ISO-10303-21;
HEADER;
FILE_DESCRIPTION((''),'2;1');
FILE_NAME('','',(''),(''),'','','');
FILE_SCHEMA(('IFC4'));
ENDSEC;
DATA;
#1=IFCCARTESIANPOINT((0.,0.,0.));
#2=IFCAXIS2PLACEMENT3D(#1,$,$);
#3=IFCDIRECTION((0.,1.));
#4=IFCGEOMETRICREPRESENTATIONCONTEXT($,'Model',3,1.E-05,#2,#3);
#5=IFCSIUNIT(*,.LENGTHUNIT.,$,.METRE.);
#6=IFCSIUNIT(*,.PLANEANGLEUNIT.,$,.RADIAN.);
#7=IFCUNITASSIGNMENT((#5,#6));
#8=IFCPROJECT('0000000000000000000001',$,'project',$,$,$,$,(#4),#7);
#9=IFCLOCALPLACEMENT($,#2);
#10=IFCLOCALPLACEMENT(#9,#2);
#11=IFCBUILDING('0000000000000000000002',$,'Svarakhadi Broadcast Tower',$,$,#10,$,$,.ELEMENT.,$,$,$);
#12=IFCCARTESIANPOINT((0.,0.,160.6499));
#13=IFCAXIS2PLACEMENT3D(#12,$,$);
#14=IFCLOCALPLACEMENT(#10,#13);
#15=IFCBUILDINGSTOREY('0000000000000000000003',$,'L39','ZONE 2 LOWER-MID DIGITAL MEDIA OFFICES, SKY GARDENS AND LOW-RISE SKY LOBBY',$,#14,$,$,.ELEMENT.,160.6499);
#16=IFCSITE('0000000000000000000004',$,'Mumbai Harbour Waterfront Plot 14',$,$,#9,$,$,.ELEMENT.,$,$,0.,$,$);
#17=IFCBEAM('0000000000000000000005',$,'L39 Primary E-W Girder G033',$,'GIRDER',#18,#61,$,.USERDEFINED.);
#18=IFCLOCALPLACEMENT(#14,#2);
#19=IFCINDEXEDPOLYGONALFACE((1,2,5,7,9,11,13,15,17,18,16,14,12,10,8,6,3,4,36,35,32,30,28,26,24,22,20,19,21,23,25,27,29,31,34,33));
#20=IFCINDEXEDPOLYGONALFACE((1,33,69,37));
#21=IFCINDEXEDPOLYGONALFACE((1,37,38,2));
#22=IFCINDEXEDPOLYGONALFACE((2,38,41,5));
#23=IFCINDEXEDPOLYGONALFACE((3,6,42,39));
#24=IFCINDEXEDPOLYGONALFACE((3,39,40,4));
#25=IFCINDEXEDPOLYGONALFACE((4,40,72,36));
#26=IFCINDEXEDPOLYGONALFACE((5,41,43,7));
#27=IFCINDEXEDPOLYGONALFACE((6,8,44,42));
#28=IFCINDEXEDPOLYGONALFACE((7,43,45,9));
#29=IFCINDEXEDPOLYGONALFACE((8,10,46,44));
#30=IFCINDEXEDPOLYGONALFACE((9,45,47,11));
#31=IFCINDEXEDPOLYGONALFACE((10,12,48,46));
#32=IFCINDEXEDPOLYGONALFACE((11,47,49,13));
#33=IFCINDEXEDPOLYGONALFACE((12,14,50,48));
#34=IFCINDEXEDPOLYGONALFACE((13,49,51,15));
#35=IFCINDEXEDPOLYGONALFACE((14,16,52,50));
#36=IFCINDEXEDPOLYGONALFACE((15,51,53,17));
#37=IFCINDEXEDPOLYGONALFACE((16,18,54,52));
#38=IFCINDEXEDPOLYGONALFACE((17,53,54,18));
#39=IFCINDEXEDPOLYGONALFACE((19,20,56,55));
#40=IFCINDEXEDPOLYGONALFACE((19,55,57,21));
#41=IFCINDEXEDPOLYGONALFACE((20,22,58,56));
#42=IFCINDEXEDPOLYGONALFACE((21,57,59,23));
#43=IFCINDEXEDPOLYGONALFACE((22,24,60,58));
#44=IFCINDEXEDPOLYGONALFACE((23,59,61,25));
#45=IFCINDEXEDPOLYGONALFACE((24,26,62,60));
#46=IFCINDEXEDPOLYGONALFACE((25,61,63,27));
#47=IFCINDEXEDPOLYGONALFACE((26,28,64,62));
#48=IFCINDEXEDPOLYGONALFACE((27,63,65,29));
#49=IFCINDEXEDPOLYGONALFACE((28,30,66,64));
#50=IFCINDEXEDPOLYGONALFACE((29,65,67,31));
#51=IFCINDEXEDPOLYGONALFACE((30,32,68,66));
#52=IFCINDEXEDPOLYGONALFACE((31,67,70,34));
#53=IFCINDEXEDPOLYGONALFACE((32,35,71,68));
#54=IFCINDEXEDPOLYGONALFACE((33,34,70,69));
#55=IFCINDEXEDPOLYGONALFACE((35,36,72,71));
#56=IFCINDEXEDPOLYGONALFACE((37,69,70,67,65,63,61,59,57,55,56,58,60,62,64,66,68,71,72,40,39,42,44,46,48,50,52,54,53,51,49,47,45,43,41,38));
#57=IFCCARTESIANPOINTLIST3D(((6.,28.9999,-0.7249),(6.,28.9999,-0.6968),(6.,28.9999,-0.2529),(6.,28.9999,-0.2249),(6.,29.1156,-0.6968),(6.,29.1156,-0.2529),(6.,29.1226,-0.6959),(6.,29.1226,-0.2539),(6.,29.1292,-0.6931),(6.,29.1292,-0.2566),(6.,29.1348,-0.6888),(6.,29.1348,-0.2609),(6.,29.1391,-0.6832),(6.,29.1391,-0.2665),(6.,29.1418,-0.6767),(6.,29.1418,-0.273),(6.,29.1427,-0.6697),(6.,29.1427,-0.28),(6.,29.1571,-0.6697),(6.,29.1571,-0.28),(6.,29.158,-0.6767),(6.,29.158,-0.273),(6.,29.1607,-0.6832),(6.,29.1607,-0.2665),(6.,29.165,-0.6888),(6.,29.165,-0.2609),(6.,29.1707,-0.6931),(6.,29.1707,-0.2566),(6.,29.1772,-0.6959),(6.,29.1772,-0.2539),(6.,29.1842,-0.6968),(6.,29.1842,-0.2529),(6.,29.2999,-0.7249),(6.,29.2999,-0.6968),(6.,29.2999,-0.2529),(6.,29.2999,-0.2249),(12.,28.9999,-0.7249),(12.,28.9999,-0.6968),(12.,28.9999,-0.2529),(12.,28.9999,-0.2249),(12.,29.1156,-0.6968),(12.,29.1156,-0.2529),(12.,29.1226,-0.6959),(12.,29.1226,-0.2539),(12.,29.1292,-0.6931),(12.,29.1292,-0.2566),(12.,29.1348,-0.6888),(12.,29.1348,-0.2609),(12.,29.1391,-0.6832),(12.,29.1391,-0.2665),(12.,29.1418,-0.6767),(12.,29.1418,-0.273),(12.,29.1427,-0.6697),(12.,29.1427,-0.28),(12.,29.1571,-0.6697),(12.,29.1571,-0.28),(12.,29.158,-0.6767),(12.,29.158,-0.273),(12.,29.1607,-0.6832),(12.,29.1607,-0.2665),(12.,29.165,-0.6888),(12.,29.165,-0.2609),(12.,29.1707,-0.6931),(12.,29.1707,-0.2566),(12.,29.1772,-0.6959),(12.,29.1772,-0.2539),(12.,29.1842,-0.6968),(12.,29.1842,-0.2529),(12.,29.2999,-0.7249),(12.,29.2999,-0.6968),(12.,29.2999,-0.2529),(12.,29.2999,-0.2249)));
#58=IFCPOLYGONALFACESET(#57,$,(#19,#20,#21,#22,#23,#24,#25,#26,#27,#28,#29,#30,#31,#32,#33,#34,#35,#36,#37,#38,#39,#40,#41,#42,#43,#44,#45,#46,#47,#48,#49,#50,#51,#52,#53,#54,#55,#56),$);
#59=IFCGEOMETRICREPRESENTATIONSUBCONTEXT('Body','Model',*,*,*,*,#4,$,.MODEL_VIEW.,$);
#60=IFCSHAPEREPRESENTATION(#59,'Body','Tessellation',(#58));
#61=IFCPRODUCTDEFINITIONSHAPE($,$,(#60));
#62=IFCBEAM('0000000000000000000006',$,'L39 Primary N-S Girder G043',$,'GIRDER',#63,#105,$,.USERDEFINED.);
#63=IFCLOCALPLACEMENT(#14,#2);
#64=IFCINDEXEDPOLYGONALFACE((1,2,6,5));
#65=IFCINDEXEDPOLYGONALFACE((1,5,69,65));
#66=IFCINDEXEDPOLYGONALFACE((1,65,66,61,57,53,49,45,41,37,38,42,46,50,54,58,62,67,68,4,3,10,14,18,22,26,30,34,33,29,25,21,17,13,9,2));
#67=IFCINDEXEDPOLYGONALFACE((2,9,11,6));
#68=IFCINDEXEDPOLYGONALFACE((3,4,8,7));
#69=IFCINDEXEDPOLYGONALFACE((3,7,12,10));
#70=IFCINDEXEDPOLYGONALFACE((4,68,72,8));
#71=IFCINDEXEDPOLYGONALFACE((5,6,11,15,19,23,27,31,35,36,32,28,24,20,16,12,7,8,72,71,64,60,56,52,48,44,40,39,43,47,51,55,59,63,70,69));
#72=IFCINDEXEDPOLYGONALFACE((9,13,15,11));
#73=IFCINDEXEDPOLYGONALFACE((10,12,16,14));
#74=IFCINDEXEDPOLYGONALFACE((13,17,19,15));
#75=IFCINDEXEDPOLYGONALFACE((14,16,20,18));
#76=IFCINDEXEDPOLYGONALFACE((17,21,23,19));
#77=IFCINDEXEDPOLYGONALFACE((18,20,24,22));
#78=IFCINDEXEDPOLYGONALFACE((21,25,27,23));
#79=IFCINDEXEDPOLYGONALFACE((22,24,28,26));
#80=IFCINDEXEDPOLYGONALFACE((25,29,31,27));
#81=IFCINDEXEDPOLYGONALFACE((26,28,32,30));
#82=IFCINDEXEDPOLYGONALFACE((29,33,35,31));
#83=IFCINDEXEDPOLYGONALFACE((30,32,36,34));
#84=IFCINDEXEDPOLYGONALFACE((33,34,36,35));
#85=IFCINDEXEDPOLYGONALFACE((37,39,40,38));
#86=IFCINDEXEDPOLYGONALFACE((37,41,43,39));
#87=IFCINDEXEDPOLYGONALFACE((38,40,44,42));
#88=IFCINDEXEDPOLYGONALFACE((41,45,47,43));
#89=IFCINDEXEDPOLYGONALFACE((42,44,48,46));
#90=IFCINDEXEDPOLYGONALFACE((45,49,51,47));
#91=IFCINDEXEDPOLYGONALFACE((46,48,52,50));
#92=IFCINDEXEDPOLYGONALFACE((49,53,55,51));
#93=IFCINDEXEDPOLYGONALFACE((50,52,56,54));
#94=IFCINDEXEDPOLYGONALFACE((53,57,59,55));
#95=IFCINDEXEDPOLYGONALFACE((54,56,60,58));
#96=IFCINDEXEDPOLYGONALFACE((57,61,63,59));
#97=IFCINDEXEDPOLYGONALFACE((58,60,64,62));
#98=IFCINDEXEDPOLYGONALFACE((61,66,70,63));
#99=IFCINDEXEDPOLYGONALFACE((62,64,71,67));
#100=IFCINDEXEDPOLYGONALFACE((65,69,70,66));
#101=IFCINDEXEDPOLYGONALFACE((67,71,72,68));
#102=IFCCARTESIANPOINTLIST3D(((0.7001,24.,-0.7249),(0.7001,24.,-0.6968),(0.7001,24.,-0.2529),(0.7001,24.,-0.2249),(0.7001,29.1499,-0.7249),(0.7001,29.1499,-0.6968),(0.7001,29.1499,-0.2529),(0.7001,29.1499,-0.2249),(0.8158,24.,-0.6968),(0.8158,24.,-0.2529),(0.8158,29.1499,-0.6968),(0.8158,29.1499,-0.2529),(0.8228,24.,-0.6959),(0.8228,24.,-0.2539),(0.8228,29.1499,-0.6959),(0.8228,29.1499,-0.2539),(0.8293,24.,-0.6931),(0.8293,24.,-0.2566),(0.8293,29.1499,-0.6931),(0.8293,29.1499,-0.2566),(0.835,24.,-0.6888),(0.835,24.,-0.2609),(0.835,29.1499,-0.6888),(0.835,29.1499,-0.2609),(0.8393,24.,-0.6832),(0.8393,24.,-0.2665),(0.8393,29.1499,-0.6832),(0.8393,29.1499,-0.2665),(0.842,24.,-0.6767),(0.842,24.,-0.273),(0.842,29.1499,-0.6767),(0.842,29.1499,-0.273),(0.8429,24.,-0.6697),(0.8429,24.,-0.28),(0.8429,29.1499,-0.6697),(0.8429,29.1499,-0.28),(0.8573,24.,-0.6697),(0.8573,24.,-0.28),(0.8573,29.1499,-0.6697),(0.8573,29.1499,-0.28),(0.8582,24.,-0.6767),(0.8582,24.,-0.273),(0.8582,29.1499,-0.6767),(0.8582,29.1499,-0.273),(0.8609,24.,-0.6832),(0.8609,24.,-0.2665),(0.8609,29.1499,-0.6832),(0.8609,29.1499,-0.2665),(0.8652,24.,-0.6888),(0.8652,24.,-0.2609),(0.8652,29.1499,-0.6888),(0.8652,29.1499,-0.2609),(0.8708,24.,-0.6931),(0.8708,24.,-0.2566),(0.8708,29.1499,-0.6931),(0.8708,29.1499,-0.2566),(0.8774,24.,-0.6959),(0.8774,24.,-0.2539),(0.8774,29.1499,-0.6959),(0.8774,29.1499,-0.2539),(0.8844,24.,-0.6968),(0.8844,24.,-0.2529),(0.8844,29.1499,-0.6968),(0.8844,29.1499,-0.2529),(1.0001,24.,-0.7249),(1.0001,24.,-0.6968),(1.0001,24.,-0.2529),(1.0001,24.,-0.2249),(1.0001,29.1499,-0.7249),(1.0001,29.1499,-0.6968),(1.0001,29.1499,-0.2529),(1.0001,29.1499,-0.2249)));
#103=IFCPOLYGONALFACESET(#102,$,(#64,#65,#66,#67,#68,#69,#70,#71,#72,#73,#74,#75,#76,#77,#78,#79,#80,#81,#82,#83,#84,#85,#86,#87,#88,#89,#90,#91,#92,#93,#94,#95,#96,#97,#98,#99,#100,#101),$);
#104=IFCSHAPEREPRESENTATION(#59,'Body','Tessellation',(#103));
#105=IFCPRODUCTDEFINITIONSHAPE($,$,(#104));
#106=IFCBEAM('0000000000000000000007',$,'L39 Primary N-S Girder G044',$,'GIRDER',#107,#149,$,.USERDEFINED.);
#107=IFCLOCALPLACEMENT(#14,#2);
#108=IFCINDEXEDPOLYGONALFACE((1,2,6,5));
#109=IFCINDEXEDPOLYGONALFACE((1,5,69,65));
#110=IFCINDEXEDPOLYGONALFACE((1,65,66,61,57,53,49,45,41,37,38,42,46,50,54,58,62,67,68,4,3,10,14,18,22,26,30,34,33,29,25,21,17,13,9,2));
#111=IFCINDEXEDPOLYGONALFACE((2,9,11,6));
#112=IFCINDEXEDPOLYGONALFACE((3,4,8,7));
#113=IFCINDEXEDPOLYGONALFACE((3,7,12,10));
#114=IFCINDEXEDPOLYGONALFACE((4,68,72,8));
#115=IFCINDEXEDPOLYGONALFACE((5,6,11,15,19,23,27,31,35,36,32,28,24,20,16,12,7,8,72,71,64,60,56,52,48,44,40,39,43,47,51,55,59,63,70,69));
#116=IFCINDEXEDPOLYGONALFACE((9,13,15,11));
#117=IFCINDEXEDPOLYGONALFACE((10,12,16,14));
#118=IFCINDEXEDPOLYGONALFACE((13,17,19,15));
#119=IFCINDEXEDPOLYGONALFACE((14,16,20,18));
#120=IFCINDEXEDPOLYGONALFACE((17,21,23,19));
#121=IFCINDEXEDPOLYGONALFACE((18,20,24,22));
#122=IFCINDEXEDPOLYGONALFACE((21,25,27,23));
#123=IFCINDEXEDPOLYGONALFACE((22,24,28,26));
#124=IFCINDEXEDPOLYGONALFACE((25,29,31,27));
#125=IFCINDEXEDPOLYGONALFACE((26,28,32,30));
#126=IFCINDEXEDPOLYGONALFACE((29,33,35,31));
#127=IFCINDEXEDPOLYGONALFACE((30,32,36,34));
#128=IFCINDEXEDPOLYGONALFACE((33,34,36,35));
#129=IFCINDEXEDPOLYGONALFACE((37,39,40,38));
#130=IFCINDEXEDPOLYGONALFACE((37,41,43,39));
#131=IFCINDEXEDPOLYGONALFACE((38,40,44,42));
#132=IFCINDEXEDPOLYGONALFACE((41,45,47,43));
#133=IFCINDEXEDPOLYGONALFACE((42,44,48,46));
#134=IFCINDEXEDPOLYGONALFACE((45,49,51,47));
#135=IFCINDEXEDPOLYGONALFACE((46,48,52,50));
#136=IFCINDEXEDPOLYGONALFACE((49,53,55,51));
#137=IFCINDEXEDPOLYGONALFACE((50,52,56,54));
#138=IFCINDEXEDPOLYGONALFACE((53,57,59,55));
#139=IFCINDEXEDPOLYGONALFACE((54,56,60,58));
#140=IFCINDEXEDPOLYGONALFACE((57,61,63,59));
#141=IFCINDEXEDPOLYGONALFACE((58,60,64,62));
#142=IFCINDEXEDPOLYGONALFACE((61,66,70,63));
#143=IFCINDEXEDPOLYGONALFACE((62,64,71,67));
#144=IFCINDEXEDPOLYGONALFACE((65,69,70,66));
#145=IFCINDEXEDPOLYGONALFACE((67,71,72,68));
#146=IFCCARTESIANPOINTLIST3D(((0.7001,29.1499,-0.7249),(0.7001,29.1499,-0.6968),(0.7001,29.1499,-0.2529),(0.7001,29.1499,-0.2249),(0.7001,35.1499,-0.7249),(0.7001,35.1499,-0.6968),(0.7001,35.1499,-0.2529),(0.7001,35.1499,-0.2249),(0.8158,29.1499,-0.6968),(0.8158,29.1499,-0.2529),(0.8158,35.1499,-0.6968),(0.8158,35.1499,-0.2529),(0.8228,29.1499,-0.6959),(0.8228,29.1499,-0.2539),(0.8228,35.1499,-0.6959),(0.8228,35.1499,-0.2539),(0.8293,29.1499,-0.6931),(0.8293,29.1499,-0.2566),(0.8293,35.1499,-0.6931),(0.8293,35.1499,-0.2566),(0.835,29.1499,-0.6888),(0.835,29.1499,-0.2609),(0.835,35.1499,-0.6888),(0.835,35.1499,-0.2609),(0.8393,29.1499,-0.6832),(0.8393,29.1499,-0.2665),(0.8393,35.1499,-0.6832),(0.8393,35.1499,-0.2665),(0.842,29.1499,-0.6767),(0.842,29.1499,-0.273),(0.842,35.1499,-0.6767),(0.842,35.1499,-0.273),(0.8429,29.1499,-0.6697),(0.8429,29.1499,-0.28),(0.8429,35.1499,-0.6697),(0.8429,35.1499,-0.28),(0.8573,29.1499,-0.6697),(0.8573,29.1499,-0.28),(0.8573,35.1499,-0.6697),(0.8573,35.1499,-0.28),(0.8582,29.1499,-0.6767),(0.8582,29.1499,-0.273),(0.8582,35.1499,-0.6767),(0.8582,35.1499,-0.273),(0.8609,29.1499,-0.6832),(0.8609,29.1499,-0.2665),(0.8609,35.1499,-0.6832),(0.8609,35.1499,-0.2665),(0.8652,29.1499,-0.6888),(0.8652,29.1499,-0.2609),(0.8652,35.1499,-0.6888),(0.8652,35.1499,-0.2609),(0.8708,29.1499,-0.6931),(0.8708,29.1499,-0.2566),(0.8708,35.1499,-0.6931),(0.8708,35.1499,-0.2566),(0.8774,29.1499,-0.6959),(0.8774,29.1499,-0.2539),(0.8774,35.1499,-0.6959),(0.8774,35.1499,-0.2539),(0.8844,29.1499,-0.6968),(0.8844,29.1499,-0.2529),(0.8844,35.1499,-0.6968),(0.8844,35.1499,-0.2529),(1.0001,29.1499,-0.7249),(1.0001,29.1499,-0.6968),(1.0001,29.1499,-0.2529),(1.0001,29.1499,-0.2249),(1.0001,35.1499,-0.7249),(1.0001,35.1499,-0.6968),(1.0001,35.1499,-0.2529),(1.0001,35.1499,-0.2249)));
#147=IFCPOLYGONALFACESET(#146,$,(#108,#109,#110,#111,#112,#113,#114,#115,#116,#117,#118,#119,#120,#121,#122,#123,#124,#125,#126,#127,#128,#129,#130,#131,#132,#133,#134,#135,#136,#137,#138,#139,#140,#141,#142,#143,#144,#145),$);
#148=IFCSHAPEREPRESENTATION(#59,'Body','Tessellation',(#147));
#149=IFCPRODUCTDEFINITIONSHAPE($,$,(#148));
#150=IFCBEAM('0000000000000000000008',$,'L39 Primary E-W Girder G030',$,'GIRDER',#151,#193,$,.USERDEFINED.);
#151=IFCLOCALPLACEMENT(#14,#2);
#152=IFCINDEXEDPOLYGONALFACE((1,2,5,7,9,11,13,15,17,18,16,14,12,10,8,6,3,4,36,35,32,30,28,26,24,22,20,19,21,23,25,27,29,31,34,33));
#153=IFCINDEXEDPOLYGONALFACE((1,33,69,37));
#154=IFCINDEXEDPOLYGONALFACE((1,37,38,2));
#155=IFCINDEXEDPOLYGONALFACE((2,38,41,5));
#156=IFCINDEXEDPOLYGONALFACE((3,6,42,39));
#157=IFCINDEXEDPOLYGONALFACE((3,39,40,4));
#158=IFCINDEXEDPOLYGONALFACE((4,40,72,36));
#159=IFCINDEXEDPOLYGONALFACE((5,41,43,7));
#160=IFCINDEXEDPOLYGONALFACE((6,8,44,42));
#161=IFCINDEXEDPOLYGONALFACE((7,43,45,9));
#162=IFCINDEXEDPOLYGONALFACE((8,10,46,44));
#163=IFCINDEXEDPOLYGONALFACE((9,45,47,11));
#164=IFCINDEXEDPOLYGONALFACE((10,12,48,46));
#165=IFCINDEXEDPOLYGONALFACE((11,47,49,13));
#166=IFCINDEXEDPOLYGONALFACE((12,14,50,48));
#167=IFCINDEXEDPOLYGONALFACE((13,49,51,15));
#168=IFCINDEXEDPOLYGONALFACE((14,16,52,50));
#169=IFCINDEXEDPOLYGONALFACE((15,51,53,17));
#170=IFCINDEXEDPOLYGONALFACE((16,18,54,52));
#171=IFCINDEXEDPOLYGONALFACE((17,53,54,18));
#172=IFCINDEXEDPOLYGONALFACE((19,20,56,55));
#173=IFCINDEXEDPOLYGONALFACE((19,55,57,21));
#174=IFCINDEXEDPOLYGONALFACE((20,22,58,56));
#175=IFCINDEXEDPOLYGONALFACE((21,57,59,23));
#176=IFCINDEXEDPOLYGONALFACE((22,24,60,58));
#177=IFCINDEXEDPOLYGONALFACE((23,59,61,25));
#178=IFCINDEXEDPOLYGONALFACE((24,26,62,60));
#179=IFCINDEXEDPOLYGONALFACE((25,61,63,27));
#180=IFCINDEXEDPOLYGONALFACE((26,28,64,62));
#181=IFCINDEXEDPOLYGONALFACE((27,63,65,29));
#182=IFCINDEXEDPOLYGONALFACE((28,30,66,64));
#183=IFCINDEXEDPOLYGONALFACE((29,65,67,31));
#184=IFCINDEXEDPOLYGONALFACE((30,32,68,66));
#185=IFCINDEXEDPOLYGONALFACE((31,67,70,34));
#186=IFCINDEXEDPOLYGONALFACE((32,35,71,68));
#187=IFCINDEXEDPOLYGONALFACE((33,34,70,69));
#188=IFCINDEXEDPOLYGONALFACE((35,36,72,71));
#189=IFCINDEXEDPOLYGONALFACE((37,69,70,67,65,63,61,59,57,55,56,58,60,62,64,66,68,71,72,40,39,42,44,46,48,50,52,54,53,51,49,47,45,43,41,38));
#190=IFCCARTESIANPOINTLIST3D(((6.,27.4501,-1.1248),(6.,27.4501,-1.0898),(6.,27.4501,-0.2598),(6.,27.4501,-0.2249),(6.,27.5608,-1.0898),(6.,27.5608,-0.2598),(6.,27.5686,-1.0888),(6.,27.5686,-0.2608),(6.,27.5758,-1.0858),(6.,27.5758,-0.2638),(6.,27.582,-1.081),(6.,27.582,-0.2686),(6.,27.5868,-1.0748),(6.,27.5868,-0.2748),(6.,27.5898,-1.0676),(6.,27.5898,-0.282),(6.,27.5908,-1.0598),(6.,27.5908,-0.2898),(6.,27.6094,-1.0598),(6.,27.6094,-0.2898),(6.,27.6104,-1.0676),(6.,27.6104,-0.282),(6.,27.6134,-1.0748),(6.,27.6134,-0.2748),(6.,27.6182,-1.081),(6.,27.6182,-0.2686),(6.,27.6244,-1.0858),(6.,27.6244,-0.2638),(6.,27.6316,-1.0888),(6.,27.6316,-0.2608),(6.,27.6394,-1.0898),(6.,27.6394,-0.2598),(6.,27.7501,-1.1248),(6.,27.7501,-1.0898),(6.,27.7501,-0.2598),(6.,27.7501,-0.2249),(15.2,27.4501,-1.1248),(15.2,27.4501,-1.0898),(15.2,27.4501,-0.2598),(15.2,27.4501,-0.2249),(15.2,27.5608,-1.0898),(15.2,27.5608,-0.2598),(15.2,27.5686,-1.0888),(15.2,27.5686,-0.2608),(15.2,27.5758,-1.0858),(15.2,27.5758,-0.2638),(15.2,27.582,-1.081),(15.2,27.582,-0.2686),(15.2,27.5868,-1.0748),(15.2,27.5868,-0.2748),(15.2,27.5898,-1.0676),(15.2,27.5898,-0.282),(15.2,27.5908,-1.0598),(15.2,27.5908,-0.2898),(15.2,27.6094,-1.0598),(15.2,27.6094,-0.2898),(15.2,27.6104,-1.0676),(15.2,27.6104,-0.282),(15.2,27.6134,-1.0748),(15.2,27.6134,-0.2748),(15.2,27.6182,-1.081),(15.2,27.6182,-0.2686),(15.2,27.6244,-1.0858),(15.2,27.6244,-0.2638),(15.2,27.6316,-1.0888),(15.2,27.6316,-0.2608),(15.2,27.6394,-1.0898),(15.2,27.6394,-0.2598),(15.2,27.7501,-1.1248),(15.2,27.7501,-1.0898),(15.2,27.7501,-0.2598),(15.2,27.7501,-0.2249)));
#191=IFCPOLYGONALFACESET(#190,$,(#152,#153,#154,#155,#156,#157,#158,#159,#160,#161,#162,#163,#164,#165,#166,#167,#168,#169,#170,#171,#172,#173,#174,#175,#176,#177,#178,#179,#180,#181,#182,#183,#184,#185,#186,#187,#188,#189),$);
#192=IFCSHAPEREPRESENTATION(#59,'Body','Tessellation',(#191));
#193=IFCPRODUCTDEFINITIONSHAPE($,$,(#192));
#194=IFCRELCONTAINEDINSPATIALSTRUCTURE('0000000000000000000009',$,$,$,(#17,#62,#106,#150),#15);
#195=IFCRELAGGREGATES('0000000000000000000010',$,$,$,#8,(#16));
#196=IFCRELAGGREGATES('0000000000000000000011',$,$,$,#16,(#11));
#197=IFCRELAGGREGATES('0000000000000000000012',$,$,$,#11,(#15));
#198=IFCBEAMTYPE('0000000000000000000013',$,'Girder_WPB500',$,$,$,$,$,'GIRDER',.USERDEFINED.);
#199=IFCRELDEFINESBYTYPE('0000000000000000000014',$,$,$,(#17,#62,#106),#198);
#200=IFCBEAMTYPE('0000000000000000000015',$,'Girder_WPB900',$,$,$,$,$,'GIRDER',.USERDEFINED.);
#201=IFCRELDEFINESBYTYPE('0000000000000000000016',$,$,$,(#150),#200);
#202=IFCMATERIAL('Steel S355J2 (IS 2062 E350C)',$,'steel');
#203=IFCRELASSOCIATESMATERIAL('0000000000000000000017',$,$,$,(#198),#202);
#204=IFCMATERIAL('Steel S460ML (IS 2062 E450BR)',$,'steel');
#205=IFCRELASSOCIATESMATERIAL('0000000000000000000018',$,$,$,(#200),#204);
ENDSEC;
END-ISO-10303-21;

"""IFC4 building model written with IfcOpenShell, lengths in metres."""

from ifc_helpers import new_model, si_unit, direction, frame, origin, origin_2d, place, context, subcontext, project, spatial, i_section, extrude, material, material_profile, profile_set, type_object, element, save


model = new_model("IFC4")

# Units and contexts
model_context = context("Model", 3, precision=1e-05, world=origin(), true_north=direction((0.0, 1.0)))
body_context = subcontext(model_context, "Body", "Model", "MODEL_VIEW")
ifc_project = project(units=[si_unit("LENGTHUNIT", "METRE"), si_unit("PLANEANGLEUNIT", "RADIAN")], contexts=[model_context])

# Site, building, storey
site_placement = place(None, origin())
site = spatial("IfcSite", under=ifc_project, at=site_placement, Name="Mumbai Harbour Waterfront Plot 14", CompositionType="ELEMENT", RefElevation=0.0)
building_placement = place(site_placement, origin())
building = spatial("IfcBuilding", under=site, at=building_placement, Name="Svarakhadi Broadcast Tower", CompositionType="ELEMENT")
storey_placement = place(building_placement, frame((0.0, 0.0, 160.6499)))
storey = spatial("IfcBuildingStorey", under=building, at=storey_placement, Name="L39", Description="ZONE 2 LOWER-MID DIGITAL MEDIA OFFICES, SKY GARDENS AND LOW-RISE SKY LOBBY", CompositionType="ELEMENT", Elevation=160.6499)

# Shared definitions
ifc_material_1 = material(Name="Steel S460ML (IS 2062 E450BR)", Category="steel")

# Shared definitions
ifc_material_2 = material(Name="Steel S355J2 (IS 2062 E350C)", Category="steel")

# Beams
ifc_material_profile_1 = material_profile(ifc_material_2, i_section(OverallWidth=0.3, OverallDepth=0.5, WebThickness=0.0144, FlangeThickness=0.0281, FilletRadius=0.0271, at=origin_2d()), Name="WPB 500x300x187")
ifc_profile_set_1 = profile_set([ifc_material_profile_1], Name="Steel S355J2 (IS 2062 E350C)")
beam_type_1 = type_object("IfcBeamType", Name="Girder_WPB500", ElementType="GIRDER", PredefinedType="USERDEFINED", material=ifc_profile_set_1)
beam_1_placement = place(storey_placement, frame((6.0, 29.1499, -0.4749), z_axis=(1.0, 0.0, 0.0), x_axis=(0.0, 1.0, 0.0)))
element("IfcBeam", 1, at=beam_1_placement, inside=storey, type_object=beam_type_1, Name="L39 Primary E-W Girder G033", ObjectType="GIRDER", PredefinedType="USERDEFINED", context=body_context, shape_type="SweptSolid", body=[
    extrude(i_section(OverallWidth=0.3, OverallDepth=0.5, WebThickness=0.0144, FlangeThickness=0.0281, FilletRadius=0.0271, at=origin_2d()), origin(), (0.0, 0.0, 1.0), 6.0),
])
beam_2_placement = place(storey_placement, frame((0.8501, 24.0, -0.4749), z_axis=(0.0, 1.0, 0.0), x_axis=(-1.0, 0.0, 0.0)))
element("IfcBeam", 2, at=beam_2_placement, inside=storey, type_object=beam_type_1, Name="L39 Primary N-S Girder G043", ObjectType="GIRDER", PredefinedType="USERDEFINED", context=body_context, shape_type="SweptSolid", body=[
    extrude(i_section(OverallWidth=0.3, OverallDepth=0.5, WebThickness=0.0144, FlangeThickness=0.0281, FilletRadius=0.0271, at=origin_2d()), origin(), (0.0, 0.0, 1.0), 5.1499),
])
beam_3_placement = place(storey_placement, frame((0.8501, 29.1499, -0.4749), z_axis=(0.0, 1.0, 0.0), x_axis=(-1.0, 0.0, 0.0)))
element("IfcBeam", 3, at=beam_3_placement, inside=storey, type_object=beam_type_1, Name="L39 Primary N-S Girder G044", ObjectType="GIRDER", PredefinedType="USERDEFINED", context=body_context, shape_type="SweptSolid", body=[
    extrude(i_section(OverallWidth=0.3, OverallDepth=0.5, WebThickness=0.0144, FlangeThickness=0.0281, FilletRadius=0.0271, at=origin_2d()), origin(), (0.0, 0.0, 1.0), 6.0),
])
ifc_material_profile_2 = material_profile(ifc_material_1, i_section(OverallWidth=0.3, OverallDepth=0.8999, WebThickness=0.0186, FlangeThickness=0.0349, FilletRadius=0.03, at=origin_2d()), Name="WPB 900x300x291")
ifc_profile_set_2 = profile_set([ifc_material_profile_2], Name="Steel S460ML (IS 2062 E450BR)")
beam_type_2 = type_object("IfcBeamType", Name="Girder_WPB900", ElementType="GIRDER", PredefinedType="USERDEFINED", material=ifc_profile_set_2)
beam_4_placement = place(storey_placement, frame((6.0, 27.6001, -0.6748), z_axis=(1.0, 0.0, 0.0), x_axis=(0.0, 1.0, 0.0)))
element("IfcBeam", 4, at=beam_4_placement, inside=storey, type_object=beam_type_2, Name="L39 Primary E-W Girder G030", ObjectType="GIRDER", PredefinedType="USERDEFINED", context=body_context, shape_type="SweptSolid", body=[
    extrude(i_section(OverallWidth=0.3, OverallDepth=0.8999, WebThickness=0.0186, FlangeThickness=0.0349, FilletRadius=0.03, at=origin_2d()), origin(), (0.0, 0.0, 1.0), 9.2),
])

save(model, "model.ifc")
